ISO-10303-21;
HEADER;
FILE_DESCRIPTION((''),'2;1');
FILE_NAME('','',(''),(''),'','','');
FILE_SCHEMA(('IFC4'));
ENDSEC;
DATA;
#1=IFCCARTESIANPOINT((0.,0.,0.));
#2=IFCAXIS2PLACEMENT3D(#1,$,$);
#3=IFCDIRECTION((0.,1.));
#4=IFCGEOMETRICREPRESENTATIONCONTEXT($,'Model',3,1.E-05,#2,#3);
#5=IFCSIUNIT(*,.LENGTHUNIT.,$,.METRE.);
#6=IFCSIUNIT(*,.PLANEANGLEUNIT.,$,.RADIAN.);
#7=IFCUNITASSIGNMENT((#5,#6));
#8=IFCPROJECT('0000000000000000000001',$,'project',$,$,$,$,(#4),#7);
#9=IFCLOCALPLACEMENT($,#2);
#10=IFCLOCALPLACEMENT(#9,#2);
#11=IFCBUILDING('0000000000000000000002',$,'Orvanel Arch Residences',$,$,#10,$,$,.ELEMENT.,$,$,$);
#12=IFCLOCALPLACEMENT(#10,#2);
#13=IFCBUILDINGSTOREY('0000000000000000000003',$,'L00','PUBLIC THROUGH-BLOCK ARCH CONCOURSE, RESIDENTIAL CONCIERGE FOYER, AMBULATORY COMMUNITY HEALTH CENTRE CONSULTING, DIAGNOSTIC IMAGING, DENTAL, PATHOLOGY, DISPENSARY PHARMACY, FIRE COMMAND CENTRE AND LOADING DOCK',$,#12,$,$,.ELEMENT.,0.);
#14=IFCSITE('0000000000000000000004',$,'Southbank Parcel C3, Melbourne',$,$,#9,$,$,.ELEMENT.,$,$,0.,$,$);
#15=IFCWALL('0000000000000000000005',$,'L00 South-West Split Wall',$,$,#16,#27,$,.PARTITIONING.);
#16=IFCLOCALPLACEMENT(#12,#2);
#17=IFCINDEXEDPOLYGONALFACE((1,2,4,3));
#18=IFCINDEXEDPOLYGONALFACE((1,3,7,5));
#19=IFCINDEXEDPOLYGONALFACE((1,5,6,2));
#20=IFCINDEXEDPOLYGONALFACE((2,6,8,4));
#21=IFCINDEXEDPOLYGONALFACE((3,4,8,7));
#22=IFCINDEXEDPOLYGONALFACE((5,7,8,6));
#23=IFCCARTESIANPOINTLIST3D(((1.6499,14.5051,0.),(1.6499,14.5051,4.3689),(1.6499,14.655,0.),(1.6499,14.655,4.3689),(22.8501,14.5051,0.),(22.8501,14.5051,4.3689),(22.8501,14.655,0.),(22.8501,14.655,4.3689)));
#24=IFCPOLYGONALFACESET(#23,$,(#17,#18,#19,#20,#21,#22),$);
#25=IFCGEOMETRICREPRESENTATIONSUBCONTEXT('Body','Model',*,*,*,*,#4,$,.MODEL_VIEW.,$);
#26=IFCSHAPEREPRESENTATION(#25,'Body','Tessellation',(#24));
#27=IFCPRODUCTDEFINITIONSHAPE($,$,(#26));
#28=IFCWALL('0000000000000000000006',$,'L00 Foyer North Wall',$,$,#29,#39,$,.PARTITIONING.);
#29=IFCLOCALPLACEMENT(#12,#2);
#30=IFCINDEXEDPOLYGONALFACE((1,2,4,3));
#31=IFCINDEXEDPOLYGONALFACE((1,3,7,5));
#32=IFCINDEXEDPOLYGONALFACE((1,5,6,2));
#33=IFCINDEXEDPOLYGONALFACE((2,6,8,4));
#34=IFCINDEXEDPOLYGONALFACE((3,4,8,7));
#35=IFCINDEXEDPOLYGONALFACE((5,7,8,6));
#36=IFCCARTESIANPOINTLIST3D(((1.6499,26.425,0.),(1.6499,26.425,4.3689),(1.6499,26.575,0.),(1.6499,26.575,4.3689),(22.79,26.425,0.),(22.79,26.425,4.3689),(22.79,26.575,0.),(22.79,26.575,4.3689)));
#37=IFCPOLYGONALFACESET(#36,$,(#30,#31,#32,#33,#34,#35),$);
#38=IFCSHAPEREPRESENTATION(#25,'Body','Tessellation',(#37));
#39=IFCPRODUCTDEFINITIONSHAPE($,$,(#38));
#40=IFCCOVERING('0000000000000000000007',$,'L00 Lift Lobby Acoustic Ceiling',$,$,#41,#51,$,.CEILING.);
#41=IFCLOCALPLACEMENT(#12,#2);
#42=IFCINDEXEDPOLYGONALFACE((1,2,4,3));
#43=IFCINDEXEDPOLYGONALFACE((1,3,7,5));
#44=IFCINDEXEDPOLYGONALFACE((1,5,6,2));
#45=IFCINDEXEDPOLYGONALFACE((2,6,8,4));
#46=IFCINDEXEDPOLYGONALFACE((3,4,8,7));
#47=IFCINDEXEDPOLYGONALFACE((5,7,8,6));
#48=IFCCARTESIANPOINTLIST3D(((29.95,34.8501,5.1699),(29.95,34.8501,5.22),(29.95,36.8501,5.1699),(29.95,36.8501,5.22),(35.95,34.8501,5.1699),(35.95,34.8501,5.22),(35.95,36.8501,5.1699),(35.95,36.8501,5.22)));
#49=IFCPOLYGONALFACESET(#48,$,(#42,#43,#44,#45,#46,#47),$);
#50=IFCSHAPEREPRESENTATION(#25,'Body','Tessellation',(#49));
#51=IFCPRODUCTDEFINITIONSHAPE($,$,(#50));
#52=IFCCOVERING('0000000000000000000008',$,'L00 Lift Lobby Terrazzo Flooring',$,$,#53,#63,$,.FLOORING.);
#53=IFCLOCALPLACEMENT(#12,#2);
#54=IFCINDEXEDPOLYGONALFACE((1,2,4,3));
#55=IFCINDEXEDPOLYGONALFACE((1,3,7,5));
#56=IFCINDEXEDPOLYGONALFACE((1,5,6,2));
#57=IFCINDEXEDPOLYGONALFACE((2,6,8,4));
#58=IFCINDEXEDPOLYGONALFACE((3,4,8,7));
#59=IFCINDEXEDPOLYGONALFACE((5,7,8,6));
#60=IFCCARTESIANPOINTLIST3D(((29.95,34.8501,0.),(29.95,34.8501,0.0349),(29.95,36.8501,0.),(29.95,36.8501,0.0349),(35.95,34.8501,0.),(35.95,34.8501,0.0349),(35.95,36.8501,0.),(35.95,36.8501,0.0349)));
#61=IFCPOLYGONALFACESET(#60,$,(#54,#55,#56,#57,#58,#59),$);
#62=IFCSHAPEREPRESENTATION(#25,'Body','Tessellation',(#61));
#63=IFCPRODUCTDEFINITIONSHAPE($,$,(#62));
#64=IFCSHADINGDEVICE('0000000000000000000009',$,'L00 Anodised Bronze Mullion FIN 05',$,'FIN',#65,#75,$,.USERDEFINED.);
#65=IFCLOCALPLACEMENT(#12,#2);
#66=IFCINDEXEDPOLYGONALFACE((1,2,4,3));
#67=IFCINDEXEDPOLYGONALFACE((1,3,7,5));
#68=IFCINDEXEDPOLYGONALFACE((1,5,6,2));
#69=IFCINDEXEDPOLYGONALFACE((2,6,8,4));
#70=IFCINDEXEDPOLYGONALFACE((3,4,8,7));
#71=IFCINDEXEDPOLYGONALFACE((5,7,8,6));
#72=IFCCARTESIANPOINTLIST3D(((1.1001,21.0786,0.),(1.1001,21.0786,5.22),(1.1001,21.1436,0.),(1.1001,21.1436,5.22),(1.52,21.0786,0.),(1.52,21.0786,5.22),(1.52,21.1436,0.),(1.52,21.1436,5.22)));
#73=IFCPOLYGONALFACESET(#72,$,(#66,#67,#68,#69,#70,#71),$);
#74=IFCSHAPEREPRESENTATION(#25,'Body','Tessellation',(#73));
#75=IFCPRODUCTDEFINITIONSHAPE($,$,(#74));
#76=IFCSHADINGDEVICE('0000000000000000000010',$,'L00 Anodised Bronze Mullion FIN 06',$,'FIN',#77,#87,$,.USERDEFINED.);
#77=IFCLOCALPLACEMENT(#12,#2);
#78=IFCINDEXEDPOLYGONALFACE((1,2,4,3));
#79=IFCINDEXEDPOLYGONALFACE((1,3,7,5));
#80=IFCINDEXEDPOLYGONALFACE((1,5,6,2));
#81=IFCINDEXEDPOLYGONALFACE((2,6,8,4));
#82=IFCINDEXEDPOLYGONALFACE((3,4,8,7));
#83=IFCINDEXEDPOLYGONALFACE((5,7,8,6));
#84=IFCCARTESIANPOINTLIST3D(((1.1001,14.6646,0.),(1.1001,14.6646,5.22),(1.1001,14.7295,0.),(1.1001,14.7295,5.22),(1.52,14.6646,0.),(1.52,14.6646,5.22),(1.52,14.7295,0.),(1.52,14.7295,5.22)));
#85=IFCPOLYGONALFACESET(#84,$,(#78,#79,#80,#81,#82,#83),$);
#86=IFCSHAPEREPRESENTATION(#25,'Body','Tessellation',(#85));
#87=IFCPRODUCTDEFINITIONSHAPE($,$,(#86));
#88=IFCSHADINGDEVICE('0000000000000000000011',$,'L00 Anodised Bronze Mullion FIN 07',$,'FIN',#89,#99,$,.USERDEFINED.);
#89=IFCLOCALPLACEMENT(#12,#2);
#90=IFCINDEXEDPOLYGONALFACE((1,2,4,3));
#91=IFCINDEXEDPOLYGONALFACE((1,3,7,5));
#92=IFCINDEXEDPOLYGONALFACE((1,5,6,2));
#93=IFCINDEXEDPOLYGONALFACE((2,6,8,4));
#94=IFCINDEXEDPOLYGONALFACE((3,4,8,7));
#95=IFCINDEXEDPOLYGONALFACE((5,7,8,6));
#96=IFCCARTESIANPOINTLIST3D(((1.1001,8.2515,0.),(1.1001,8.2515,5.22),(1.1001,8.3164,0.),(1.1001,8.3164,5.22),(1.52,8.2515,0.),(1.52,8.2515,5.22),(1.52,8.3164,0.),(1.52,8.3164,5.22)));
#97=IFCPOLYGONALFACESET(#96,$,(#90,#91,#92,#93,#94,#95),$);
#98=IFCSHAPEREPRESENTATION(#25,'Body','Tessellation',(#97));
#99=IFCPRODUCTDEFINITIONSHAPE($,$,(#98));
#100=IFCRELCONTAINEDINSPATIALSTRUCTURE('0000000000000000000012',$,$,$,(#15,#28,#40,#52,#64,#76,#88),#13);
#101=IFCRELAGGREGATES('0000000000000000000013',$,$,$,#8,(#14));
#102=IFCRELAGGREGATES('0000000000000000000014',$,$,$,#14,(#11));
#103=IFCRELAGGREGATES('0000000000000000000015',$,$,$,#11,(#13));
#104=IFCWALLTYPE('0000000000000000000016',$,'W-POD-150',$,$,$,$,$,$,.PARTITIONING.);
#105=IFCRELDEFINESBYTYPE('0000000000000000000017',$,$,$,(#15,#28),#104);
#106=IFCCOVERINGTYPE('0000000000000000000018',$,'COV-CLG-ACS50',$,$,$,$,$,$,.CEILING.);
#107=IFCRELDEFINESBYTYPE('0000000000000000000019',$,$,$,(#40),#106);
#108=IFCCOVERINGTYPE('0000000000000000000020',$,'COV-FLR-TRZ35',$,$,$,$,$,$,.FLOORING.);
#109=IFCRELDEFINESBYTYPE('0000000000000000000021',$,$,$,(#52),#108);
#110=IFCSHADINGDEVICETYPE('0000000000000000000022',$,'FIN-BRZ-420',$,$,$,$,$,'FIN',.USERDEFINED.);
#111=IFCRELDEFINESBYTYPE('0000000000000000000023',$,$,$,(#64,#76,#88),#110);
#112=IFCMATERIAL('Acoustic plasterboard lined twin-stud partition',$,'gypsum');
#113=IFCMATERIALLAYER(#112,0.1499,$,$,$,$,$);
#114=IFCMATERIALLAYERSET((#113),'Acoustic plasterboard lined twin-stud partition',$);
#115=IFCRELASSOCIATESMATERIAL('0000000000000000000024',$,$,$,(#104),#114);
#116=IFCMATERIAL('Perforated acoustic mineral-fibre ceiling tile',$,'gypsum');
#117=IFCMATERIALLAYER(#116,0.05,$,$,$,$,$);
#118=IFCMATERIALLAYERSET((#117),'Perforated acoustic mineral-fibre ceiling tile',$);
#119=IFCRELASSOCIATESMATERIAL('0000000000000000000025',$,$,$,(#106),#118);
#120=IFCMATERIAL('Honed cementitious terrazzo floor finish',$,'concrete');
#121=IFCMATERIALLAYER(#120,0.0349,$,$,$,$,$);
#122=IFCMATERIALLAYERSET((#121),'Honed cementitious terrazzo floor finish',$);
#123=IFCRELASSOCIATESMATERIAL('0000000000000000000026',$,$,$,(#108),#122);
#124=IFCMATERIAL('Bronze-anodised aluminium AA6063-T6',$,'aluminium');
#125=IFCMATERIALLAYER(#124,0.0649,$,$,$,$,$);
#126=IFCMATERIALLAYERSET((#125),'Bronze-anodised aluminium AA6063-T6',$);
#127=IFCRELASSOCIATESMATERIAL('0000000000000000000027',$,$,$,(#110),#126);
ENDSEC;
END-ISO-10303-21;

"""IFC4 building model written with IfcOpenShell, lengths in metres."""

from ifc_helpers import new_model, si_unit, direction, frame, frame_2d, origin, origin_2d, place, context, subcontext, project, spatial, polyline, rectangle, outline, extrude, material, layer, layer_set, type_object, element, save


model = new_model("IFC4")

# Units and contexts
model_context = context("Model", 3, precision=1e-05, world=origin(), true_north=direction((0.0, 1.0)))
body_context = subcontext(model_context, "Body", "Model", "MODEL_VIEW")
ifc_project = project(units=[si_unit("LENGTHUNIT", "METRE"), si_unit("PLANEANGLEUNIT", "RADIAN")], contexts=[model_context])

# Site, building, storey
site_placement = place(None, origin())
site = spatial("IfcSite", under=ifc_project, at=site_placement, Name="Southbank Parcel C3, Melbourne", CompositionType="ELEMENT", RefElevation=0.0)
building_placement = place(site_placement, origin())
building = spatial("IfcBuilding", under=site, at=building_placement, Name="Orvanel Arch Residences", CompositionType="ELEMENT")
storey_placement = place(building_placement, origin())
storey = spatial("IfcBuildingStorey", under=building, at=storey_placement, Name="L00", Description="PUBLIC THROUGH-BLOCK ARCH CONCOURSE, RESIDENTIAL CONCIERGE FOYER, AMBULATORY COMMUNITY HEALTH CENTRE CONSULTING, DIAGNOSTIC IMAGING, DENTAL, PATHOLOGY, DISPENSARY PHARMACY, FIRE COMMAND CENTRE AND LOADING DOCK", CompositionType="ELEMENT", Elevation=0.0)

# Shared definitions
ifc_material_1 = material(Name="Bronze-anodised aluminium AA6063-T6", Category="aluminium")

# Walls
ifc_material_2 = material(Name="Acoustic plasterboard lined twin-stud partition", Category="gypsum")
ifc_layer_1 = layer(ifc_material_2, 0.1499)
ifc_layer_set_1 = layer_set([ifc_layer_1], Name="Acoustic plasterboard lined twin-stud partition")
wall_type = type_object("IfcWallType", Name="W-POD-150", PredefinedType="PARTITIONING", material=ifc_layer_set_1)
wall_1_placement = place(storey_placement, frame((1.6499, 14.5801, 0.0), z_axis=(0.0, 0.0, 1.0), x_axis=(1.0, 0.0, 0.0)))
element("IfcWall", 1, at=wall_1_placement, inside=storey, type_object=wall_type, Name="L00 South-West Split Wall", PredefinedType="PARTITIONING", context=body_context, shape_type="SweptSolid", body=[
    extrude(rectangle(XDim=21.2002, YDim=0.1499, at=frame_2d((10.6001, 0.0))), origin(), (0.0, 0.0, 1.0), 4.3689),
])
wall_2_placement = place(storey_placement, frame((1.6499, 26.5, 0.0), z_axis=(0.0, 0.0, 1.0), x_axis=(1.0, 0.0, 0.0)))
element("IfcWall", 2, at=wall_2_placement, inside=storey, type_object=wall_type, Name="L00 Foyer North Wall", PredefinedType="PARTITIONING", context=body_context, shape_type="SweptSolid", body=[
    extrude(rectangle(XDim=21.1401, YDim=0.1499, at=frame_2d((10.5701, 0.0))), origin(), (0.0, 0.0, 1.0), 4.3689),
])

# Coverings
ifc_material_3 = material(Name="Perforated acoustic mineral-fibre ceiling tile", Category="gypsum")
ifc_layer_2 = layer(ifc_material_3, 0.05)
ifc_layer_set_2 = layer_set([ifc_layer_2], Name="Perforated acoustic mineral-fibre ceiling tile")
covering_type_1 = type_object("IfcCoveringType", Name="COV-CLG-ACS50", PredefinedType="CEILING", material=ifc_layer_set_2)
covering_1_placement = place(storey_placement, frame((0.0, 0.0, 5.1699)))
element("IfcCovering", 3, at=covering_1_placement, inside=storey, type_object=covering_type_1, Name="L00 Lift Lobby Acoustic Ceiling", PredefinedType="CEILING", context=body_context, shape_type="SweptSolid", body=[
    extrude(outline(polyline([(29.95, 34.8501), (35.95, 34.8501), (35.95, 36.8501), (29.95, 36.8501), (29.95, 34.8501)])), origin(), (0.0, 0.0, 1.0), 0.05),
])
ifc_material_4 = material(Name="Honed cementitious terrazzo floor finish", Category="concrete")
ifc_layer_3 = layer(ifc_material_4, 0.0349)
ifc_layer_set_3 = layer_set([ifc_layer_3], Name="Honed cementitious terrazzo floor finish")
covering_type_2 = type_object("IfcCoveringType", Name="COV-FLR-TRZ35", PredefinedType="FLOORING", material=ifc_layer_set_3)
covering_2_placement = place(storey_placement, origin())
element("IfcCovering", 4, at=covering_2_placement, inside=storey, type_object=covering_type_2, Name="L00 Lift Lobby Terrazzo Flooring", PredefinedType="FLOORING", context=body_context, shape_type="SweptSolid", body=[
    extrude(outline(polyline([(29.95, 34.8501), (35.95, 34.8501), (35.95, 36.8501), (29.95, 36.8501), (29.95, 34.8501)])), origin(), (0.0, 0.0, 1.0), 0.0349),
])

# Shading devices
ifc_layer_4 = layer(ifc_material_1, 0.0649)
ifc_layer_set_4 = layer_set([ifc_layer_4], Name="Bronze-anodised aluminium AA6063-T6")
shading_device_type = type_object("IfcShadingDeviceType", Name="FIN-BRZ-420", ElementType="FIN", PredefinedType="USERDEFINED", material=ifc_layer_set_4)
for number, where, z_axis, x_axis, name in (
    (5, (1.3101, 21.1111, 0.0), (0.0, 0.0, 1.0), (-1.0, 0.0, 0.0), "L00 Anodised Bronze Mullion FIN 05"),
    (6, (1.3101, 14.697, 0.0), (0.0, 0.0, 1.0), (-1.0, 0.0, 0.0), "L00 Anodised Bronze Mullion FIN 06"),
    (7, (1.3101, 8.2839, 0.0), (0.0, 0.0, 1.0), (-1.0, 0.0, 0.0), "L00 Anodised Bronze Mullion FIN 07"),
):
    element("IfcShadingDevice", number, at=place(storey_placement, frame(where, z_axis=z_axis, x_axis=x_axis)), inside=storey, type_object=shading_device_type, Name=name, ObjectType="FIN", PredefinedType="USERDEFINED", context=body_context, shape_type="SweptSolid", body=[
        extrude(rectangle(XDim=0.4199, YDim=0.0649, at=origin_2d()), origin(), (0.0, 0.0, 1.0), 5.22),
    ])

save(model, "model.ifc")
